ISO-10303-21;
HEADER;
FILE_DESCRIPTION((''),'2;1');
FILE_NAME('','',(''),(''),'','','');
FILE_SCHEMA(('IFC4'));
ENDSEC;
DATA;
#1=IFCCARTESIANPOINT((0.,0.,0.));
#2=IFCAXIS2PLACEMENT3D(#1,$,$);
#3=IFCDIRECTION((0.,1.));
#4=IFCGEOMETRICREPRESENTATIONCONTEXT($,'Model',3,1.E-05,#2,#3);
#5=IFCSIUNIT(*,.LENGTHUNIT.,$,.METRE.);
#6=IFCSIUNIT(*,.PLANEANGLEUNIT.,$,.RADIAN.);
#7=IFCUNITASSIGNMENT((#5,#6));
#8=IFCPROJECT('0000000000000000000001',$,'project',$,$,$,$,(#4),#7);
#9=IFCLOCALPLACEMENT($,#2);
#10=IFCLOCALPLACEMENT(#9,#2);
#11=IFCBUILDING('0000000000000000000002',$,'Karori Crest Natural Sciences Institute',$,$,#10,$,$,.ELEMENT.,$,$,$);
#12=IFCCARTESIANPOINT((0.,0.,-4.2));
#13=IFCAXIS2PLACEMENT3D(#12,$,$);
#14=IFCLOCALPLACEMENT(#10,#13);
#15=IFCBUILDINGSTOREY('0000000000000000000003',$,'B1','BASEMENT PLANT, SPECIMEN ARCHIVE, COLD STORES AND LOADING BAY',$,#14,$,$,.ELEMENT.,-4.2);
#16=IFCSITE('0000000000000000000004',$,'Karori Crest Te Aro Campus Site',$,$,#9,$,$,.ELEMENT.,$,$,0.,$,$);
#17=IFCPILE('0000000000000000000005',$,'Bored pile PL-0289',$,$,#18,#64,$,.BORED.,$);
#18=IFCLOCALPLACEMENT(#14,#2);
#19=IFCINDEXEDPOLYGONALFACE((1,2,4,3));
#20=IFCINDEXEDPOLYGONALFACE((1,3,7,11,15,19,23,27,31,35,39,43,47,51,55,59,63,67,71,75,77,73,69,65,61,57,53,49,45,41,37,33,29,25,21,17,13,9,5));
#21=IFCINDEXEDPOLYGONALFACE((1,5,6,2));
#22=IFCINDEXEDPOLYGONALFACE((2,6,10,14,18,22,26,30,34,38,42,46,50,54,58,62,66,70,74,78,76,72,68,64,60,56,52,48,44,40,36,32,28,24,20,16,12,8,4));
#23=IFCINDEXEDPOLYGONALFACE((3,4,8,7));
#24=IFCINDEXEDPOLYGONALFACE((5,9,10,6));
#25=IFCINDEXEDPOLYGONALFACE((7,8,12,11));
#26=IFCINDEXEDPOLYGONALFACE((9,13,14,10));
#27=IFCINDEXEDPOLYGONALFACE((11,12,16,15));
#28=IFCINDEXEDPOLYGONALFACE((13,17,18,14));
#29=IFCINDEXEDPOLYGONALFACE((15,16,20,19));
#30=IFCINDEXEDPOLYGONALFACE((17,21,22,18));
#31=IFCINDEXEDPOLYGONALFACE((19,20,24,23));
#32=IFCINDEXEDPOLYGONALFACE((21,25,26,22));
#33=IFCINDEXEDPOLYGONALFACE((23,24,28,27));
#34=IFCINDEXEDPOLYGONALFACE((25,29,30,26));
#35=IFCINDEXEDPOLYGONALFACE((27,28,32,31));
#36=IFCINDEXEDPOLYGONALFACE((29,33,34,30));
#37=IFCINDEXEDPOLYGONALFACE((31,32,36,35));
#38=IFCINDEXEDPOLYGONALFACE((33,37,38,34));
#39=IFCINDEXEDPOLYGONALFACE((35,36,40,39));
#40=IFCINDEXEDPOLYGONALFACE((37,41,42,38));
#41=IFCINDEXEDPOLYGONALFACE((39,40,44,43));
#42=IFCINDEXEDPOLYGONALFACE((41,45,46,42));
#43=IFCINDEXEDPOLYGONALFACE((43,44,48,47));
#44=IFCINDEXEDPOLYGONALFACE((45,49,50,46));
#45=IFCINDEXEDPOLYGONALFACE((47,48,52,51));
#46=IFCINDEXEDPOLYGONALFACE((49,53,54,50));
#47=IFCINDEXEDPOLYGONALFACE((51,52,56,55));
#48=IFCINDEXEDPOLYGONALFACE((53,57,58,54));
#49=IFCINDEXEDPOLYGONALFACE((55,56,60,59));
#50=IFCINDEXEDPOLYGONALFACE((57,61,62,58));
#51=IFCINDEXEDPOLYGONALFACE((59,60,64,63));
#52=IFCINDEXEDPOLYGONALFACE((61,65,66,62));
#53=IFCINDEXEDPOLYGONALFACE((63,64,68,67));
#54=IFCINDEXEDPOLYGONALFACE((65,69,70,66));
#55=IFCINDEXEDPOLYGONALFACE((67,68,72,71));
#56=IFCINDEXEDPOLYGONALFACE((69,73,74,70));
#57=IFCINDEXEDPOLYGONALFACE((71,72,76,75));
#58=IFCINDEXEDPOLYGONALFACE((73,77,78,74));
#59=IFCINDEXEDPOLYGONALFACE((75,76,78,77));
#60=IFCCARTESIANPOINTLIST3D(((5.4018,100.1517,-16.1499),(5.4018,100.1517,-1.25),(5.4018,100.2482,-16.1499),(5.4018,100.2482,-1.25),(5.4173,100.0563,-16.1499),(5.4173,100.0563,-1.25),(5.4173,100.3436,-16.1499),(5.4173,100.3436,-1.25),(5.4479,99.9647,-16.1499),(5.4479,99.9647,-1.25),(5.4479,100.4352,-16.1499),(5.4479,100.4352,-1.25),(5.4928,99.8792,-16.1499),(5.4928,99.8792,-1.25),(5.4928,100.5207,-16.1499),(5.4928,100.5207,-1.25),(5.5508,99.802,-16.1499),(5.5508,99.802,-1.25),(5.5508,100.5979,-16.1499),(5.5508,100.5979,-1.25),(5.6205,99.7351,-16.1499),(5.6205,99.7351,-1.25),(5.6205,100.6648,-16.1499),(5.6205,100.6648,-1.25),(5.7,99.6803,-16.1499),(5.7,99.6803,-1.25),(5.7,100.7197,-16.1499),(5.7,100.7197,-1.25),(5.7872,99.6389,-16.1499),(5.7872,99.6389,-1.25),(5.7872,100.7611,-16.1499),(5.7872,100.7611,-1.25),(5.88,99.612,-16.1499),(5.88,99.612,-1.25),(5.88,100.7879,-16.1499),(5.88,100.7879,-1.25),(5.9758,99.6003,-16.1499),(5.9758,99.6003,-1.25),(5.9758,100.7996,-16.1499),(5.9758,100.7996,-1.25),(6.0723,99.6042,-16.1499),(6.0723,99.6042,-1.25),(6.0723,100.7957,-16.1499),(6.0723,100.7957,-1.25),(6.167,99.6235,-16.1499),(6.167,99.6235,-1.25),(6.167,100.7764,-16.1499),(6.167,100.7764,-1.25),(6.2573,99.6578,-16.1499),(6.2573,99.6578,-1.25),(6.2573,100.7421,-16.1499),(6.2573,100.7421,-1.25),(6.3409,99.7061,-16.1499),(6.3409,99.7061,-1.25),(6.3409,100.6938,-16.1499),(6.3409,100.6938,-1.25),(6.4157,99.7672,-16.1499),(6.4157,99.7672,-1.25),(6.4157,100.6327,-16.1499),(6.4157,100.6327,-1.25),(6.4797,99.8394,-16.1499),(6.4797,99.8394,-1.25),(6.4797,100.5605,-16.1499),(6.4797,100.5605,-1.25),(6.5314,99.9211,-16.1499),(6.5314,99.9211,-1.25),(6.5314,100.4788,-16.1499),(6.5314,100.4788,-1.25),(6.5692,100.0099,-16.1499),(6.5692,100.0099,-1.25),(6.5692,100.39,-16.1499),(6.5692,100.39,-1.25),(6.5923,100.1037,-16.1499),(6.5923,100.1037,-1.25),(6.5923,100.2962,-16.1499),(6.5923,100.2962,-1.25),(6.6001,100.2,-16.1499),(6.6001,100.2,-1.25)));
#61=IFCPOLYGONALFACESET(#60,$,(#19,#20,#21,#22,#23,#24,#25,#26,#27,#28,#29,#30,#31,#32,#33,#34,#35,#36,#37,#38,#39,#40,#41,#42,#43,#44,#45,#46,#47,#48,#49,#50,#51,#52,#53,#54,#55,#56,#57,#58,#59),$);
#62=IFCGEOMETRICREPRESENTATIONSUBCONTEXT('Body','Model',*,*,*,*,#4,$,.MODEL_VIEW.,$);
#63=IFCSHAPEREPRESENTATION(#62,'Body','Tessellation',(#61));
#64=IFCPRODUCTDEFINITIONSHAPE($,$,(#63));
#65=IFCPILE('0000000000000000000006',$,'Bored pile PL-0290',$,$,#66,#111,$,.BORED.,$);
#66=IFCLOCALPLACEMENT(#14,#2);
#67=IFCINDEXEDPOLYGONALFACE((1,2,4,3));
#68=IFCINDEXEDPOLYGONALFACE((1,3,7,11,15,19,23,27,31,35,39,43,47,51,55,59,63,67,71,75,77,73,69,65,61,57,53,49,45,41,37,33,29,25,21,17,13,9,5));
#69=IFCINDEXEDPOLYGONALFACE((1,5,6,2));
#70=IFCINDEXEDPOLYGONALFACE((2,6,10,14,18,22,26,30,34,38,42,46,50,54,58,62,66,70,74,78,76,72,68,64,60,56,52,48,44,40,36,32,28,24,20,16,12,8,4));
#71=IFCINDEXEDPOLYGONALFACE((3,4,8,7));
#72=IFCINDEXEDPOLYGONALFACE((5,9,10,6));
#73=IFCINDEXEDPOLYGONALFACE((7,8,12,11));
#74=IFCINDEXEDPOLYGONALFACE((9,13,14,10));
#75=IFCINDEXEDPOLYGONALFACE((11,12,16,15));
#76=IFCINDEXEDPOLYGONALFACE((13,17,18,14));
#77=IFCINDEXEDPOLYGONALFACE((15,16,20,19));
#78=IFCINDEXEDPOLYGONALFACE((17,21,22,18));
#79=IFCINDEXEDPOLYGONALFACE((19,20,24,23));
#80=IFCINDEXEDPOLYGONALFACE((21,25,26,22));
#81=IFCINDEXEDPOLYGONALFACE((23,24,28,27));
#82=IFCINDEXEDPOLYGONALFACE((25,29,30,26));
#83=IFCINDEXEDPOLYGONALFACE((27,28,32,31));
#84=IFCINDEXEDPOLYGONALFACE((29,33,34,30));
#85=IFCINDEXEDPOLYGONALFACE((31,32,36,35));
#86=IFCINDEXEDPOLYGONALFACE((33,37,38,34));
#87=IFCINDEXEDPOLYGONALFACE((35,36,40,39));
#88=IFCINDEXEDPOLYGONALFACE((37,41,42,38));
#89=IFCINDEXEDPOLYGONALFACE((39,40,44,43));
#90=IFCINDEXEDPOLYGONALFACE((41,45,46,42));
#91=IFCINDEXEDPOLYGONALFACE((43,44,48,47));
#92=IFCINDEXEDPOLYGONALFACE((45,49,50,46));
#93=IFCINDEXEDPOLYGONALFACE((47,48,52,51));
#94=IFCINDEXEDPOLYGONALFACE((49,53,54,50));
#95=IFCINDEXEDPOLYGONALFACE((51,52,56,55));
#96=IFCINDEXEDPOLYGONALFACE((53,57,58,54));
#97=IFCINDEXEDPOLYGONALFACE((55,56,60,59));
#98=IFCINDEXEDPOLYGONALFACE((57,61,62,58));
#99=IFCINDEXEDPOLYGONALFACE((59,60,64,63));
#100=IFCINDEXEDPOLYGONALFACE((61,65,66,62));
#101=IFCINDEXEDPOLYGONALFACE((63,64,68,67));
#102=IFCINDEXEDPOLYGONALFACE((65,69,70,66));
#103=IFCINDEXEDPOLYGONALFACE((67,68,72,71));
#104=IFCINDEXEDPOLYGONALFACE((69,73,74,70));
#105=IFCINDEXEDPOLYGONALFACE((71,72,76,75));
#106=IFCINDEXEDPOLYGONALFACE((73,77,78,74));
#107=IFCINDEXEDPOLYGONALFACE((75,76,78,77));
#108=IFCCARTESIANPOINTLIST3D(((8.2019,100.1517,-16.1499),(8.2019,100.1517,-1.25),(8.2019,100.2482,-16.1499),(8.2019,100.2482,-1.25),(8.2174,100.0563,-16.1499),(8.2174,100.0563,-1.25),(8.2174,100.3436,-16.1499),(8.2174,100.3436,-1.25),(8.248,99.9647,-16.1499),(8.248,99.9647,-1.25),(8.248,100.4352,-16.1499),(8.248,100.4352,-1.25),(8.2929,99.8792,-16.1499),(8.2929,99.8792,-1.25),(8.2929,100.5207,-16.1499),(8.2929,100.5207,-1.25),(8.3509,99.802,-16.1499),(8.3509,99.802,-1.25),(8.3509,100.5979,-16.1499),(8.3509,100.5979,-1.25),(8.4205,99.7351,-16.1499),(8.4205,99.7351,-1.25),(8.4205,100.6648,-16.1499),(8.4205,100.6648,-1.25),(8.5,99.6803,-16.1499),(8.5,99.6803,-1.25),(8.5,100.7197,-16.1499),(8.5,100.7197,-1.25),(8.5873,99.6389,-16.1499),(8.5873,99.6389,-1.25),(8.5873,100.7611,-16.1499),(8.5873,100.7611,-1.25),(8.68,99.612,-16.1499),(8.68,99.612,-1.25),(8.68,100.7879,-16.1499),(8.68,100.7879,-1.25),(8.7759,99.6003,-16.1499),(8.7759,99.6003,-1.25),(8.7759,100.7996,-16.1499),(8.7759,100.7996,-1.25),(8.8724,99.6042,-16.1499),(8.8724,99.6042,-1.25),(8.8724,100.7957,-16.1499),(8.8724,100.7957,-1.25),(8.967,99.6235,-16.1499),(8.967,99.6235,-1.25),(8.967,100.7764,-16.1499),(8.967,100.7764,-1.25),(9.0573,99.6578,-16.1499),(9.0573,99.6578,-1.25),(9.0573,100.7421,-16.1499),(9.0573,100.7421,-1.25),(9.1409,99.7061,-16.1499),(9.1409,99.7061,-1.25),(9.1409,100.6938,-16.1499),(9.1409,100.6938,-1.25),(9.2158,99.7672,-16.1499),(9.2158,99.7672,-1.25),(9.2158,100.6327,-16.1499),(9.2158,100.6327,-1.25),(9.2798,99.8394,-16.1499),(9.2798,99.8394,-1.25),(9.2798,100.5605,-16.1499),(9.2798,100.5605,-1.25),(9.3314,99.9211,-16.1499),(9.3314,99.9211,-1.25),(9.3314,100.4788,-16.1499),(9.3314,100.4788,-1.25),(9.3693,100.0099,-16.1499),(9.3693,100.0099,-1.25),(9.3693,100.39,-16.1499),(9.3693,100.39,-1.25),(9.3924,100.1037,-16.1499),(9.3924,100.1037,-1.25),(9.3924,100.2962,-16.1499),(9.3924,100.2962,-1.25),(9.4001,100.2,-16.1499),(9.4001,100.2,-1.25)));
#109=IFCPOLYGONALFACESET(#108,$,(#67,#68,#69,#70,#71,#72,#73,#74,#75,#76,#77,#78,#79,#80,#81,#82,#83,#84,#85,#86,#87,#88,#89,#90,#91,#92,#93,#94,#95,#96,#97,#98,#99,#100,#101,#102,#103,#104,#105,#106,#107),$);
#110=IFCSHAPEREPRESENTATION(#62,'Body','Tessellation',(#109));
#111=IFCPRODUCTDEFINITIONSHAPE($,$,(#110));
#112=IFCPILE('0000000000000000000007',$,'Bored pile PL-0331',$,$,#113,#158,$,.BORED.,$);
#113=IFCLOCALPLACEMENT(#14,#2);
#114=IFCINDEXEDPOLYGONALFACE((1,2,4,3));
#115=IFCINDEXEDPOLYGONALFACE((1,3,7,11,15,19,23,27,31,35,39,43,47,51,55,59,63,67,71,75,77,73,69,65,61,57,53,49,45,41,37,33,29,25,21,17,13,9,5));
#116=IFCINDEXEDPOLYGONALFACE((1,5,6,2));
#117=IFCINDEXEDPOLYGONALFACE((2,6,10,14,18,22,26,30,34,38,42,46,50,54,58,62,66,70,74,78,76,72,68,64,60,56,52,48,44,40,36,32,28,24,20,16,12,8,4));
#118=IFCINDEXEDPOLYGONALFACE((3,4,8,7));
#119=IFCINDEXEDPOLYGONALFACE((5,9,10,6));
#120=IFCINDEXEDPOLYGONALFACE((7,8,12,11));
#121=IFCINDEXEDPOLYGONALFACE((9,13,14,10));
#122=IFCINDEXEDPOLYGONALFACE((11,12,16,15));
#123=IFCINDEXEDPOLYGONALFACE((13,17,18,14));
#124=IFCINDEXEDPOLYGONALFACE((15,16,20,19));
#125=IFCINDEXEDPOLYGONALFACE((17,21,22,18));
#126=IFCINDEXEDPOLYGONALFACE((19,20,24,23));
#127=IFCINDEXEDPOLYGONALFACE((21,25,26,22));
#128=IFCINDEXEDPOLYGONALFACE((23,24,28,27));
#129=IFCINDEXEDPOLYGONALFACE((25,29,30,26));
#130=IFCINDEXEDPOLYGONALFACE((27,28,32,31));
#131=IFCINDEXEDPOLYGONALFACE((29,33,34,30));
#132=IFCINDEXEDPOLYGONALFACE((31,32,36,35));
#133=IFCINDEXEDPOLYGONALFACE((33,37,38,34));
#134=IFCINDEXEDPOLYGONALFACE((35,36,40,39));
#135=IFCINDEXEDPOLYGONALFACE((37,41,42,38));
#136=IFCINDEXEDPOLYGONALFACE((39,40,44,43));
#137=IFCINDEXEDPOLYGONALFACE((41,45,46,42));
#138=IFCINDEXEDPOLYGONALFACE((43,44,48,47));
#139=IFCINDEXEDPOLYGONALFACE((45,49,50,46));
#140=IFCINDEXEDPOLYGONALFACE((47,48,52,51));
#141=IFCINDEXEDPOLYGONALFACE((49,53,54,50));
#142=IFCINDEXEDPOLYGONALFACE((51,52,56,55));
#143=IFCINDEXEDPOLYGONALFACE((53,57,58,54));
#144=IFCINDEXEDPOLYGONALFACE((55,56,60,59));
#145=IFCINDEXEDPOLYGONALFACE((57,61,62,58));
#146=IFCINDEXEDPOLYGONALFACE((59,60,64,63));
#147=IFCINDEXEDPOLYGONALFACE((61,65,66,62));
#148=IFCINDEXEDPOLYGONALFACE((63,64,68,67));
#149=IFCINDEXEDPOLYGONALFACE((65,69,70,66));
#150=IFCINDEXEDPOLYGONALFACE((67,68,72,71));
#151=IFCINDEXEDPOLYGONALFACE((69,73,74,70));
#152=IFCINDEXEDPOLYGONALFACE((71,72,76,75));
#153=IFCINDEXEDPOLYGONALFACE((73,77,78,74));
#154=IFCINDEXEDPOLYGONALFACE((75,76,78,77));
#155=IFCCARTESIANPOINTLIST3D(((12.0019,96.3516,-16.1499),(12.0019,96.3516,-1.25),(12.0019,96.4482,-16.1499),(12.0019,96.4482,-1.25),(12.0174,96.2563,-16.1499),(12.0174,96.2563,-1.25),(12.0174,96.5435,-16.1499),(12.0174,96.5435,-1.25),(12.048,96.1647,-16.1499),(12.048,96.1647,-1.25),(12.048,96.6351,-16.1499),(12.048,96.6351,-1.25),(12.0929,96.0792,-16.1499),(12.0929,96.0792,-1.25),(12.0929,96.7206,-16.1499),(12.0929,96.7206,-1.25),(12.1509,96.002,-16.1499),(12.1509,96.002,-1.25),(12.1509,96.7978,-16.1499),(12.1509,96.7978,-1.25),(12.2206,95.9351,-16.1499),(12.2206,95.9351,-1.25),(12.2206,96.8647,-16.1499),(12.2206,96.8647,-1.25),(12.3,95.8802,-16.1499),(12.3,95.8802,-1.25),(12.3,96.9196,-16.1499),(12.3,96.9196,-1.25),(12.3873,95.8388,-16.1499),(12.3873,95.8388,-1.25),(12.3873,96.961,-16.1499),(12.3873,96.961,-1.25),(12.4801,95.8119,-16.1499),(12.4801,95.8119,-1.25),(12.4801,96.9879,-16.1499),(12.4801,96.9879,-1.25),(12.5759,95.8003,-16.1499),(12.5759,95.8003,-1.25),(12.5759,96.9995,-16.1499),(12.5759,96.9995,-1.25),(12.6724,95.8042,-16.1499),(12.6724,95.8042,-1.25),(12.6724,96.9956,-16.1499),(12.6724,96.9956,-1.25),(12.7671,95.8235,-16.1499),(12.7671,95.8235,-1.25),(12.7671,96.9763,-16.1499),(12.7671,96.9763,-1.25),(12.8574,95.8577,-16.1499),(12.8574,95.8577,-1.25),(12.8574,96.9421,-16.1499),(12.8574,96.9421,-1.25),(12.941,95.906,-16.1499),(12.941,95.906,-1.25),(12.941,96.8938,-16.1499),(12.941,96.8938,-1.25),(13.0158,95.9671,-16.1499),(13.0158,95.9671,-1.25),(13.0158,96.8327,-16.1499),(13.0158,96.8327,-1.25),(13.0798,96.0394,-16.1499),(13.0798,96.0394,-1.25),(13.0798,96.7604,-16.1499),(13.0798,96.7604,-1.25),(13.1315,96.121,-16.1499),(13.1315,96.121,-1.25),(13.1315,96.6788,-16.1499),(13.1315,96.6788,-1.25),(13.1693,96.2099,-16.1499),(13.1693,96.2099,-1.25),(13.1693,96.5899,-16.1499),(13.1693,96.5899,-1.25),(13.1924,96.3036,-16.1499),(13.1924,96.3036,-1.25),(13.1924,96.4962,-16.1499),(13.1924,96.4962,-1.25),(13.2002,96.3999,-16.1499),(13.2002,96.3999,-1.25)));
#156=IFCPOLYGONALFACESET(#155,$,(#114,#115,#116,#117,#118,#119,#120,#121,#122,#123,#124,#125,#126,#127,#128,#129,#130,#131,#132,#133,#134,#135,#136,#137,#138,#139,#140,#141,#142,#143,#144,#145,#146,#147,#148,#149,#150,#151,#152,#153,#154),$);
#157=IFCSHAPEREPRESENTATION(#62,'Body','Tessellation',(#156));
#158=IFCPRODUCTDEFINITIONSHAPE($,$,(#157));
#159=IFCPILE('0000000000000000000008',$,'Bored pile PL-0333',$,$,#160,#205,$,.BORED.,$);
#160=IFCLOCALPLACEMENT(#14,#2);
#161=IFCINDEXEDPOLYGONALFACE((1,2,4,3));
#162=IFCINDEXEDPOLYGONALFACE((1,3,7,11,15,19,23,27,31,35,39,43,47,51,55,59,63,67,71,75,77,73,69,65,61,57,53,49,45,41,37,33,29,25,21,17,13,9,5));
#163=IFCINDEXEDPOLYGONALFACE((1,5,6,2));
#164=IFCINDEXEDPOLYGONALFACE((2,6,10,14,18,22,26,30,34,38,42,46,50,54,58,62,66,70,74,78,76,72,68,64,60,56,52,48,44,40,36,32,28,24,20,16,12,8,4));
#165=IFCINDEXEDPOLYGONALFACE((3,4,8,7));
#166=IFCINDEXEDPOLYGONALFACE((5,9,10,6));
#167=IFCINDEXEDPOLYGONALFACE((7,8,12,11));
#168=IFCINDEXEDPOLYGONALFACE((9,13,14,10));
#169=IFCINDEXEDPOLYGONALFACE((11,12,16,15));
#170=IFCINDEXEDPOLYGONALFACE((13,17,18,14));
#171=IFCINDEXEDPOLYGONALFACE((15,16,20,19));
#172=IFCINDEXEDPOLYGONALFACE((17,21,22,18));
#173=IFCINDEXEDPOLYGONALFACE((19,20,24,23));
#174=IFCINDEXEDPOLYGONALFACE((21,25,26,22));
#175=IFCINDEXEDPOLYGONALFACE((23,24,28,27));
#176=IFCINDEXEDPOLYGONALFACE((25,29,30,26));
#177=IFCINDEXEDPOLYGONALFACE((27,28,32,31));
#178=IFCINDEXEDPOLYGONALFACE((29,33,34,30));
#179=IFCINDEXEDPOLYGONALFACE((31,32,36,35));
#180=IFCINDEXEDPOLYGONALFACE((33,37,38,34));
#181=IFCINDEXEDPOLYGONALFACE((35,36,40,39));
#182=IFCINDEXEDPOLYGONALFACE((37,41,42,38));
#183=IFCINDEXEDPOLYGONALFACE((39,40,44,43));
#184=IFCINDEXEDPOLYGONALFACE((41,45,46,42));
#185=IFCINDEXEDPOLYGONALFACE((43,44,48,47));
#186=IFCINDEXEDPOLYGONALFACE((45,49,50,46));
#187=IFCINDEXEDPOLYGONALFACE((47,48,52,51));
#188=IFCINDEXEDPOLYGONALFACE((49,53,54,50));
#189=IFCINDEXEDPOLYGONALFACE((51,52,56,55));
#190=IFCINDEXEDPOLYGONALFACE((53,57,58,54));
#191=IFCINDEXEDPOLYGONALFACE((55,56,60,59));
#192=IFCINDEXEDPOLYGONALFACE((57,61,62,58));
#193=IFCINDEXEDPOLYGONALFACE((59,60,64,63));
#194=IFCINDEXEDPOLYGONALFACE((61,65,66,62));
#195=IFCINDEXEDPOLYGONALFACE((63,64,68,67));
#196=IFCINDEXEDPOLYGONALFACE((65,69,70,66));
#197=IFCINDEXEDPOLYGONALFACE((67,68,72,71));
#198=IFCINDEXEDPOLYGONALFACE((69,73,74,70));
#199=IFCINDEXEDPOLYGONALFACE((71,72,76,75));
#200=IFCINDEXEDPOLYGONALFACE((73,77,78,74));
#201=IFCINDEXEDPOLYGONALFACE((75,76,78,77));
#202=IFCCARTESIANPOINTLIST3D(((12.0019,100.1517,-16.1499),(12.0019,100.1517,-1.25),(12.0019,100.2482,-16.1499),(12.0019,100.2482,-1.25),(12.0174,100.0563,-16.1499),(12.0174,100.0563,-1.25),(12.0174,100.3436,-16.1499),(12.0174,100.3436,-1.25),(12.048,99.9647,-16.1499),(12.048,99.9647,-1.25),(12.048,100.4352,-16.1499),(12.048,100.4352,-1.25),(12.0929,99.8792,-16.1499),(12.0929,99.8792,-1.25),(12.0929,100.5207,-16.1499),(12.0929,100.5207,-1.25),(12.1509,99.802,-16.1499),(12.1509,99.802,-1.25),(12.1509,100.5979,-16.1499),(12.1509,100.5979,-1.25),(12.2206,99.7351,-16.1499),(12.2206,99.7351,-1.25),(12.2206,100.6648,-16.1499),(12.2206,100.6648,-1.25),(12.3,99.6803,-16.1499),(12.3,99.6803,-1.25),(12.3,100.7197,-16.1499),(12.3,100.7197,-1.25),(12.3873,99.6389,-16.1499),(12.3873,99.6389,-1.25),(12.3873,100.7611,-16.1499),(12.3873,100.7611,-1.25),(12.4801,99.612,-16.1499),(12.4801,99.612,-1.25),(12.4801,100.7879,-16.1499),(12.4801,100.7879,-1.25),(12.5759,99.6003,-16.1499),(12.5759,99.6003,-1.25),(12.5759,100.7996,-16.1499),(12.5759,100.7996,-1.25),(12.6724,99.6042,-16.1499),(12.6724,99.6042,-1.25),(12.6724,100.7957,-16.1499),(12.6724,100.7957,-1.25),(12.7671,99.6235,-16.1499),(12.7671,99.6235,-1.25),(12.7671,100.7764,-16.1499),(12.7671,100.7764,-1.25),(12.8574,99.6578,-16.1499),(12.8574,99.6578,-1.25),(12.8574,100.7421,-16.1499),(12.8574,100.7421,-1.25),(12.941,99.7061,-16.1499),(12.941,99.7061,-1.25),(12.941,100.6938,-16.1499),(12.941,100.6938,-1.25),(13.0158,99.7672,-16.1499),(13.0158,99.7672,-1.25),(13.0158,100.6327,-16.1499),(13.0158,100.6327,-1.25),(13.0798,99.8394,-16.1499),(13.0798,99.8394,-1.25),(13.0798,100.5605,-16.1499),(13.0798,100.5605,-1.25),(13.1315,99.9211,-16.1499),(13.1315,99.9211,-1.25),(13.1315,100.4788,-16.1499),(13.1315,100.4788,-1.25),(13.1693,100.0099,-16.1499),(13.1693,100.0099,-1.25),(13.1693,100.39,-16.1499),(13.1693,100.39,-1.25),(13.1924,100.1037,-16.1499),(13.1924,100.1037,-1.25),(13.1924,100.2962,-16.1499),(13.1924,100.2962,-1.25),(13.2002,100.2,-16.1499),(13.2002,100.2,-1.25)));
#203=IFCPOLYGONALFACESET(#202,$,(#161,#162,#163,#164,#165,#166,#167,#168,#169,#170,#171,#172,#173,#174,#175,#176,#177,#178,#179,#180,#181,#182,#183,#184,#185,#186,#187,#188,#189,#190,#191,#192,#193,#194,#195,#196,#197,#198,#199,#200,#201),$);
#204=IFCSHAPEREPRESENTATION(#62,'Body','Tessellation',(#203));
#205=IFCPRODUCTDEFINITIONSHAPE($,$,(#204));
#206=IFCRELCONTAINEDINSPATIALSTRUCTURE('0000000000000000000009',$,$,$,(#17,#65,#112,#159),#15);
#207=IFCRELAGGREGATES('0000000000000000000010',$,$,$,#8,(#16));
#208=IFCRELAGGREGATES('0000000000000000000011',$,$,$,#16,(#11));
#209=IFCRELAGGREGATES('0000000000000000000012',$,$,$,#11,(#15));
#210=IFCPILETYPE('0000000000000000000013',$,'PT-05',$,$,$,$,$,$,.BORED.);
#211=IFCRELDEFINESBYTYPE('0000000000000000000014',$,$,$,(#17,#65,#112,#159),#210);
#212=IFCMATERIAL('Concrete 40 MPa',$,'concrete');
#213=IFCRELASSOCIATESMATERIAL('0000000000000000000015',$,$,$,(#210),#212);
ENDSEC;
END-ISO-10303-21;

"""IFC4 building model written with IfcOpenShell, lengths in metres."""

from ifc_helpers import new_model, si_unit, direction, frame, origin, origin_2d, place, context, subcontext, project, spatial, circle, extrude, material, material_profile, profile_set, type_object, element, save


model = new_model("IFC4")

# Units and contexts
model_context = context("Model", 3, precision=1e-05, world=origin(), true_north=direction((0.0, 1.0)))
body_context = subcontext(model_context, "Body", "Model", "MODEL_VIEW")
ifc_project = project(units=[si_unit("LENGTHUNIT", "METRE"), si_unit("PLANEANGLEUNIT", "RADIAN")], contexts=[model_context])

# Site, building, storey
site_placement = place(None, origin())
site = spatial("IfcSite", under=ifc_project, at=site_placement, Name="Karori Crest Te Aro Campus Site", CompositionType="ELEMENT", RefElevation=0.0)
building_placement = place(site_placement, origin())
building = spatial("IfcBuilding", under=site, at=building_placement, Name="Karori Crest Natural Sciences Institute", CompositionType="ELEMENT")
storey_placement = place(building_placement, frame((0.0, 0.0, -4.2)))
storey = spatial("IfcBuildingStorey", under=building, at=storey_placement, Name="B1", Description="BASEMENT PLANT, SPECIMEN ARCHIVE, COLD STORES AND LOADING BAY", CompositionType="ELEMENT", Elevation=-4.2)

# Shared definitions
ifc_material_1 = material(Name="Concrete 40 MPa", Category="concrete")

# Piles
ifc_material_profile_1 = material_profile(ifc_material_1, circle(Radius=0.6001, at=origin_2d()), Name="PILE1200")
ifc_profile_set_1 = profile_set([ifc_material_profile_1], Name="Concrete 40 MPa")
pile_type = type_object("IfcPileType", Name="PT-05", PredefinedType="BORED", material=ifc_profile_set_1)
for number, where, z_axis, x_axis, name in (
    (1, (6.0, 100.2, -1.25), (0.0, 0.0, -1.0), (1.0, 0.0, 0.0), "Bored pile PL-0289"),
    (2, (8.8, 100.2, -1.25), (0.0, 0.0, -1.0), (1.0, 0.0, 0.0), "Bored pile PL-0290"),
    (3, (12.6001, 96.3999, -1.25), (0.0, 0.0, -1.0), (1.0, 0.0, 0.0), "Bored pile PL-0331"),
    (4, (12.6001, 100.2, -1.25), (0.0, 0.0, -1.0), (1.0, 0.0, 0.0), "Bored pile PL-0333"),
):
    element("IfcPile", number, at=place(storey_placement, frame(where, z_axis=z_axis, x_axis=x_axis)), inside=storey, type_object=pile_type, Name=name, PredefinedType="BORED", context=body_context, shape_type="SweptSolid", body=[
        extrude(circle(Radius=0.6001, at=origin_2d()), origin(), (0.0, 0.0, 1.0), 14.8999),
    ])

save(model, "model.ifc")
